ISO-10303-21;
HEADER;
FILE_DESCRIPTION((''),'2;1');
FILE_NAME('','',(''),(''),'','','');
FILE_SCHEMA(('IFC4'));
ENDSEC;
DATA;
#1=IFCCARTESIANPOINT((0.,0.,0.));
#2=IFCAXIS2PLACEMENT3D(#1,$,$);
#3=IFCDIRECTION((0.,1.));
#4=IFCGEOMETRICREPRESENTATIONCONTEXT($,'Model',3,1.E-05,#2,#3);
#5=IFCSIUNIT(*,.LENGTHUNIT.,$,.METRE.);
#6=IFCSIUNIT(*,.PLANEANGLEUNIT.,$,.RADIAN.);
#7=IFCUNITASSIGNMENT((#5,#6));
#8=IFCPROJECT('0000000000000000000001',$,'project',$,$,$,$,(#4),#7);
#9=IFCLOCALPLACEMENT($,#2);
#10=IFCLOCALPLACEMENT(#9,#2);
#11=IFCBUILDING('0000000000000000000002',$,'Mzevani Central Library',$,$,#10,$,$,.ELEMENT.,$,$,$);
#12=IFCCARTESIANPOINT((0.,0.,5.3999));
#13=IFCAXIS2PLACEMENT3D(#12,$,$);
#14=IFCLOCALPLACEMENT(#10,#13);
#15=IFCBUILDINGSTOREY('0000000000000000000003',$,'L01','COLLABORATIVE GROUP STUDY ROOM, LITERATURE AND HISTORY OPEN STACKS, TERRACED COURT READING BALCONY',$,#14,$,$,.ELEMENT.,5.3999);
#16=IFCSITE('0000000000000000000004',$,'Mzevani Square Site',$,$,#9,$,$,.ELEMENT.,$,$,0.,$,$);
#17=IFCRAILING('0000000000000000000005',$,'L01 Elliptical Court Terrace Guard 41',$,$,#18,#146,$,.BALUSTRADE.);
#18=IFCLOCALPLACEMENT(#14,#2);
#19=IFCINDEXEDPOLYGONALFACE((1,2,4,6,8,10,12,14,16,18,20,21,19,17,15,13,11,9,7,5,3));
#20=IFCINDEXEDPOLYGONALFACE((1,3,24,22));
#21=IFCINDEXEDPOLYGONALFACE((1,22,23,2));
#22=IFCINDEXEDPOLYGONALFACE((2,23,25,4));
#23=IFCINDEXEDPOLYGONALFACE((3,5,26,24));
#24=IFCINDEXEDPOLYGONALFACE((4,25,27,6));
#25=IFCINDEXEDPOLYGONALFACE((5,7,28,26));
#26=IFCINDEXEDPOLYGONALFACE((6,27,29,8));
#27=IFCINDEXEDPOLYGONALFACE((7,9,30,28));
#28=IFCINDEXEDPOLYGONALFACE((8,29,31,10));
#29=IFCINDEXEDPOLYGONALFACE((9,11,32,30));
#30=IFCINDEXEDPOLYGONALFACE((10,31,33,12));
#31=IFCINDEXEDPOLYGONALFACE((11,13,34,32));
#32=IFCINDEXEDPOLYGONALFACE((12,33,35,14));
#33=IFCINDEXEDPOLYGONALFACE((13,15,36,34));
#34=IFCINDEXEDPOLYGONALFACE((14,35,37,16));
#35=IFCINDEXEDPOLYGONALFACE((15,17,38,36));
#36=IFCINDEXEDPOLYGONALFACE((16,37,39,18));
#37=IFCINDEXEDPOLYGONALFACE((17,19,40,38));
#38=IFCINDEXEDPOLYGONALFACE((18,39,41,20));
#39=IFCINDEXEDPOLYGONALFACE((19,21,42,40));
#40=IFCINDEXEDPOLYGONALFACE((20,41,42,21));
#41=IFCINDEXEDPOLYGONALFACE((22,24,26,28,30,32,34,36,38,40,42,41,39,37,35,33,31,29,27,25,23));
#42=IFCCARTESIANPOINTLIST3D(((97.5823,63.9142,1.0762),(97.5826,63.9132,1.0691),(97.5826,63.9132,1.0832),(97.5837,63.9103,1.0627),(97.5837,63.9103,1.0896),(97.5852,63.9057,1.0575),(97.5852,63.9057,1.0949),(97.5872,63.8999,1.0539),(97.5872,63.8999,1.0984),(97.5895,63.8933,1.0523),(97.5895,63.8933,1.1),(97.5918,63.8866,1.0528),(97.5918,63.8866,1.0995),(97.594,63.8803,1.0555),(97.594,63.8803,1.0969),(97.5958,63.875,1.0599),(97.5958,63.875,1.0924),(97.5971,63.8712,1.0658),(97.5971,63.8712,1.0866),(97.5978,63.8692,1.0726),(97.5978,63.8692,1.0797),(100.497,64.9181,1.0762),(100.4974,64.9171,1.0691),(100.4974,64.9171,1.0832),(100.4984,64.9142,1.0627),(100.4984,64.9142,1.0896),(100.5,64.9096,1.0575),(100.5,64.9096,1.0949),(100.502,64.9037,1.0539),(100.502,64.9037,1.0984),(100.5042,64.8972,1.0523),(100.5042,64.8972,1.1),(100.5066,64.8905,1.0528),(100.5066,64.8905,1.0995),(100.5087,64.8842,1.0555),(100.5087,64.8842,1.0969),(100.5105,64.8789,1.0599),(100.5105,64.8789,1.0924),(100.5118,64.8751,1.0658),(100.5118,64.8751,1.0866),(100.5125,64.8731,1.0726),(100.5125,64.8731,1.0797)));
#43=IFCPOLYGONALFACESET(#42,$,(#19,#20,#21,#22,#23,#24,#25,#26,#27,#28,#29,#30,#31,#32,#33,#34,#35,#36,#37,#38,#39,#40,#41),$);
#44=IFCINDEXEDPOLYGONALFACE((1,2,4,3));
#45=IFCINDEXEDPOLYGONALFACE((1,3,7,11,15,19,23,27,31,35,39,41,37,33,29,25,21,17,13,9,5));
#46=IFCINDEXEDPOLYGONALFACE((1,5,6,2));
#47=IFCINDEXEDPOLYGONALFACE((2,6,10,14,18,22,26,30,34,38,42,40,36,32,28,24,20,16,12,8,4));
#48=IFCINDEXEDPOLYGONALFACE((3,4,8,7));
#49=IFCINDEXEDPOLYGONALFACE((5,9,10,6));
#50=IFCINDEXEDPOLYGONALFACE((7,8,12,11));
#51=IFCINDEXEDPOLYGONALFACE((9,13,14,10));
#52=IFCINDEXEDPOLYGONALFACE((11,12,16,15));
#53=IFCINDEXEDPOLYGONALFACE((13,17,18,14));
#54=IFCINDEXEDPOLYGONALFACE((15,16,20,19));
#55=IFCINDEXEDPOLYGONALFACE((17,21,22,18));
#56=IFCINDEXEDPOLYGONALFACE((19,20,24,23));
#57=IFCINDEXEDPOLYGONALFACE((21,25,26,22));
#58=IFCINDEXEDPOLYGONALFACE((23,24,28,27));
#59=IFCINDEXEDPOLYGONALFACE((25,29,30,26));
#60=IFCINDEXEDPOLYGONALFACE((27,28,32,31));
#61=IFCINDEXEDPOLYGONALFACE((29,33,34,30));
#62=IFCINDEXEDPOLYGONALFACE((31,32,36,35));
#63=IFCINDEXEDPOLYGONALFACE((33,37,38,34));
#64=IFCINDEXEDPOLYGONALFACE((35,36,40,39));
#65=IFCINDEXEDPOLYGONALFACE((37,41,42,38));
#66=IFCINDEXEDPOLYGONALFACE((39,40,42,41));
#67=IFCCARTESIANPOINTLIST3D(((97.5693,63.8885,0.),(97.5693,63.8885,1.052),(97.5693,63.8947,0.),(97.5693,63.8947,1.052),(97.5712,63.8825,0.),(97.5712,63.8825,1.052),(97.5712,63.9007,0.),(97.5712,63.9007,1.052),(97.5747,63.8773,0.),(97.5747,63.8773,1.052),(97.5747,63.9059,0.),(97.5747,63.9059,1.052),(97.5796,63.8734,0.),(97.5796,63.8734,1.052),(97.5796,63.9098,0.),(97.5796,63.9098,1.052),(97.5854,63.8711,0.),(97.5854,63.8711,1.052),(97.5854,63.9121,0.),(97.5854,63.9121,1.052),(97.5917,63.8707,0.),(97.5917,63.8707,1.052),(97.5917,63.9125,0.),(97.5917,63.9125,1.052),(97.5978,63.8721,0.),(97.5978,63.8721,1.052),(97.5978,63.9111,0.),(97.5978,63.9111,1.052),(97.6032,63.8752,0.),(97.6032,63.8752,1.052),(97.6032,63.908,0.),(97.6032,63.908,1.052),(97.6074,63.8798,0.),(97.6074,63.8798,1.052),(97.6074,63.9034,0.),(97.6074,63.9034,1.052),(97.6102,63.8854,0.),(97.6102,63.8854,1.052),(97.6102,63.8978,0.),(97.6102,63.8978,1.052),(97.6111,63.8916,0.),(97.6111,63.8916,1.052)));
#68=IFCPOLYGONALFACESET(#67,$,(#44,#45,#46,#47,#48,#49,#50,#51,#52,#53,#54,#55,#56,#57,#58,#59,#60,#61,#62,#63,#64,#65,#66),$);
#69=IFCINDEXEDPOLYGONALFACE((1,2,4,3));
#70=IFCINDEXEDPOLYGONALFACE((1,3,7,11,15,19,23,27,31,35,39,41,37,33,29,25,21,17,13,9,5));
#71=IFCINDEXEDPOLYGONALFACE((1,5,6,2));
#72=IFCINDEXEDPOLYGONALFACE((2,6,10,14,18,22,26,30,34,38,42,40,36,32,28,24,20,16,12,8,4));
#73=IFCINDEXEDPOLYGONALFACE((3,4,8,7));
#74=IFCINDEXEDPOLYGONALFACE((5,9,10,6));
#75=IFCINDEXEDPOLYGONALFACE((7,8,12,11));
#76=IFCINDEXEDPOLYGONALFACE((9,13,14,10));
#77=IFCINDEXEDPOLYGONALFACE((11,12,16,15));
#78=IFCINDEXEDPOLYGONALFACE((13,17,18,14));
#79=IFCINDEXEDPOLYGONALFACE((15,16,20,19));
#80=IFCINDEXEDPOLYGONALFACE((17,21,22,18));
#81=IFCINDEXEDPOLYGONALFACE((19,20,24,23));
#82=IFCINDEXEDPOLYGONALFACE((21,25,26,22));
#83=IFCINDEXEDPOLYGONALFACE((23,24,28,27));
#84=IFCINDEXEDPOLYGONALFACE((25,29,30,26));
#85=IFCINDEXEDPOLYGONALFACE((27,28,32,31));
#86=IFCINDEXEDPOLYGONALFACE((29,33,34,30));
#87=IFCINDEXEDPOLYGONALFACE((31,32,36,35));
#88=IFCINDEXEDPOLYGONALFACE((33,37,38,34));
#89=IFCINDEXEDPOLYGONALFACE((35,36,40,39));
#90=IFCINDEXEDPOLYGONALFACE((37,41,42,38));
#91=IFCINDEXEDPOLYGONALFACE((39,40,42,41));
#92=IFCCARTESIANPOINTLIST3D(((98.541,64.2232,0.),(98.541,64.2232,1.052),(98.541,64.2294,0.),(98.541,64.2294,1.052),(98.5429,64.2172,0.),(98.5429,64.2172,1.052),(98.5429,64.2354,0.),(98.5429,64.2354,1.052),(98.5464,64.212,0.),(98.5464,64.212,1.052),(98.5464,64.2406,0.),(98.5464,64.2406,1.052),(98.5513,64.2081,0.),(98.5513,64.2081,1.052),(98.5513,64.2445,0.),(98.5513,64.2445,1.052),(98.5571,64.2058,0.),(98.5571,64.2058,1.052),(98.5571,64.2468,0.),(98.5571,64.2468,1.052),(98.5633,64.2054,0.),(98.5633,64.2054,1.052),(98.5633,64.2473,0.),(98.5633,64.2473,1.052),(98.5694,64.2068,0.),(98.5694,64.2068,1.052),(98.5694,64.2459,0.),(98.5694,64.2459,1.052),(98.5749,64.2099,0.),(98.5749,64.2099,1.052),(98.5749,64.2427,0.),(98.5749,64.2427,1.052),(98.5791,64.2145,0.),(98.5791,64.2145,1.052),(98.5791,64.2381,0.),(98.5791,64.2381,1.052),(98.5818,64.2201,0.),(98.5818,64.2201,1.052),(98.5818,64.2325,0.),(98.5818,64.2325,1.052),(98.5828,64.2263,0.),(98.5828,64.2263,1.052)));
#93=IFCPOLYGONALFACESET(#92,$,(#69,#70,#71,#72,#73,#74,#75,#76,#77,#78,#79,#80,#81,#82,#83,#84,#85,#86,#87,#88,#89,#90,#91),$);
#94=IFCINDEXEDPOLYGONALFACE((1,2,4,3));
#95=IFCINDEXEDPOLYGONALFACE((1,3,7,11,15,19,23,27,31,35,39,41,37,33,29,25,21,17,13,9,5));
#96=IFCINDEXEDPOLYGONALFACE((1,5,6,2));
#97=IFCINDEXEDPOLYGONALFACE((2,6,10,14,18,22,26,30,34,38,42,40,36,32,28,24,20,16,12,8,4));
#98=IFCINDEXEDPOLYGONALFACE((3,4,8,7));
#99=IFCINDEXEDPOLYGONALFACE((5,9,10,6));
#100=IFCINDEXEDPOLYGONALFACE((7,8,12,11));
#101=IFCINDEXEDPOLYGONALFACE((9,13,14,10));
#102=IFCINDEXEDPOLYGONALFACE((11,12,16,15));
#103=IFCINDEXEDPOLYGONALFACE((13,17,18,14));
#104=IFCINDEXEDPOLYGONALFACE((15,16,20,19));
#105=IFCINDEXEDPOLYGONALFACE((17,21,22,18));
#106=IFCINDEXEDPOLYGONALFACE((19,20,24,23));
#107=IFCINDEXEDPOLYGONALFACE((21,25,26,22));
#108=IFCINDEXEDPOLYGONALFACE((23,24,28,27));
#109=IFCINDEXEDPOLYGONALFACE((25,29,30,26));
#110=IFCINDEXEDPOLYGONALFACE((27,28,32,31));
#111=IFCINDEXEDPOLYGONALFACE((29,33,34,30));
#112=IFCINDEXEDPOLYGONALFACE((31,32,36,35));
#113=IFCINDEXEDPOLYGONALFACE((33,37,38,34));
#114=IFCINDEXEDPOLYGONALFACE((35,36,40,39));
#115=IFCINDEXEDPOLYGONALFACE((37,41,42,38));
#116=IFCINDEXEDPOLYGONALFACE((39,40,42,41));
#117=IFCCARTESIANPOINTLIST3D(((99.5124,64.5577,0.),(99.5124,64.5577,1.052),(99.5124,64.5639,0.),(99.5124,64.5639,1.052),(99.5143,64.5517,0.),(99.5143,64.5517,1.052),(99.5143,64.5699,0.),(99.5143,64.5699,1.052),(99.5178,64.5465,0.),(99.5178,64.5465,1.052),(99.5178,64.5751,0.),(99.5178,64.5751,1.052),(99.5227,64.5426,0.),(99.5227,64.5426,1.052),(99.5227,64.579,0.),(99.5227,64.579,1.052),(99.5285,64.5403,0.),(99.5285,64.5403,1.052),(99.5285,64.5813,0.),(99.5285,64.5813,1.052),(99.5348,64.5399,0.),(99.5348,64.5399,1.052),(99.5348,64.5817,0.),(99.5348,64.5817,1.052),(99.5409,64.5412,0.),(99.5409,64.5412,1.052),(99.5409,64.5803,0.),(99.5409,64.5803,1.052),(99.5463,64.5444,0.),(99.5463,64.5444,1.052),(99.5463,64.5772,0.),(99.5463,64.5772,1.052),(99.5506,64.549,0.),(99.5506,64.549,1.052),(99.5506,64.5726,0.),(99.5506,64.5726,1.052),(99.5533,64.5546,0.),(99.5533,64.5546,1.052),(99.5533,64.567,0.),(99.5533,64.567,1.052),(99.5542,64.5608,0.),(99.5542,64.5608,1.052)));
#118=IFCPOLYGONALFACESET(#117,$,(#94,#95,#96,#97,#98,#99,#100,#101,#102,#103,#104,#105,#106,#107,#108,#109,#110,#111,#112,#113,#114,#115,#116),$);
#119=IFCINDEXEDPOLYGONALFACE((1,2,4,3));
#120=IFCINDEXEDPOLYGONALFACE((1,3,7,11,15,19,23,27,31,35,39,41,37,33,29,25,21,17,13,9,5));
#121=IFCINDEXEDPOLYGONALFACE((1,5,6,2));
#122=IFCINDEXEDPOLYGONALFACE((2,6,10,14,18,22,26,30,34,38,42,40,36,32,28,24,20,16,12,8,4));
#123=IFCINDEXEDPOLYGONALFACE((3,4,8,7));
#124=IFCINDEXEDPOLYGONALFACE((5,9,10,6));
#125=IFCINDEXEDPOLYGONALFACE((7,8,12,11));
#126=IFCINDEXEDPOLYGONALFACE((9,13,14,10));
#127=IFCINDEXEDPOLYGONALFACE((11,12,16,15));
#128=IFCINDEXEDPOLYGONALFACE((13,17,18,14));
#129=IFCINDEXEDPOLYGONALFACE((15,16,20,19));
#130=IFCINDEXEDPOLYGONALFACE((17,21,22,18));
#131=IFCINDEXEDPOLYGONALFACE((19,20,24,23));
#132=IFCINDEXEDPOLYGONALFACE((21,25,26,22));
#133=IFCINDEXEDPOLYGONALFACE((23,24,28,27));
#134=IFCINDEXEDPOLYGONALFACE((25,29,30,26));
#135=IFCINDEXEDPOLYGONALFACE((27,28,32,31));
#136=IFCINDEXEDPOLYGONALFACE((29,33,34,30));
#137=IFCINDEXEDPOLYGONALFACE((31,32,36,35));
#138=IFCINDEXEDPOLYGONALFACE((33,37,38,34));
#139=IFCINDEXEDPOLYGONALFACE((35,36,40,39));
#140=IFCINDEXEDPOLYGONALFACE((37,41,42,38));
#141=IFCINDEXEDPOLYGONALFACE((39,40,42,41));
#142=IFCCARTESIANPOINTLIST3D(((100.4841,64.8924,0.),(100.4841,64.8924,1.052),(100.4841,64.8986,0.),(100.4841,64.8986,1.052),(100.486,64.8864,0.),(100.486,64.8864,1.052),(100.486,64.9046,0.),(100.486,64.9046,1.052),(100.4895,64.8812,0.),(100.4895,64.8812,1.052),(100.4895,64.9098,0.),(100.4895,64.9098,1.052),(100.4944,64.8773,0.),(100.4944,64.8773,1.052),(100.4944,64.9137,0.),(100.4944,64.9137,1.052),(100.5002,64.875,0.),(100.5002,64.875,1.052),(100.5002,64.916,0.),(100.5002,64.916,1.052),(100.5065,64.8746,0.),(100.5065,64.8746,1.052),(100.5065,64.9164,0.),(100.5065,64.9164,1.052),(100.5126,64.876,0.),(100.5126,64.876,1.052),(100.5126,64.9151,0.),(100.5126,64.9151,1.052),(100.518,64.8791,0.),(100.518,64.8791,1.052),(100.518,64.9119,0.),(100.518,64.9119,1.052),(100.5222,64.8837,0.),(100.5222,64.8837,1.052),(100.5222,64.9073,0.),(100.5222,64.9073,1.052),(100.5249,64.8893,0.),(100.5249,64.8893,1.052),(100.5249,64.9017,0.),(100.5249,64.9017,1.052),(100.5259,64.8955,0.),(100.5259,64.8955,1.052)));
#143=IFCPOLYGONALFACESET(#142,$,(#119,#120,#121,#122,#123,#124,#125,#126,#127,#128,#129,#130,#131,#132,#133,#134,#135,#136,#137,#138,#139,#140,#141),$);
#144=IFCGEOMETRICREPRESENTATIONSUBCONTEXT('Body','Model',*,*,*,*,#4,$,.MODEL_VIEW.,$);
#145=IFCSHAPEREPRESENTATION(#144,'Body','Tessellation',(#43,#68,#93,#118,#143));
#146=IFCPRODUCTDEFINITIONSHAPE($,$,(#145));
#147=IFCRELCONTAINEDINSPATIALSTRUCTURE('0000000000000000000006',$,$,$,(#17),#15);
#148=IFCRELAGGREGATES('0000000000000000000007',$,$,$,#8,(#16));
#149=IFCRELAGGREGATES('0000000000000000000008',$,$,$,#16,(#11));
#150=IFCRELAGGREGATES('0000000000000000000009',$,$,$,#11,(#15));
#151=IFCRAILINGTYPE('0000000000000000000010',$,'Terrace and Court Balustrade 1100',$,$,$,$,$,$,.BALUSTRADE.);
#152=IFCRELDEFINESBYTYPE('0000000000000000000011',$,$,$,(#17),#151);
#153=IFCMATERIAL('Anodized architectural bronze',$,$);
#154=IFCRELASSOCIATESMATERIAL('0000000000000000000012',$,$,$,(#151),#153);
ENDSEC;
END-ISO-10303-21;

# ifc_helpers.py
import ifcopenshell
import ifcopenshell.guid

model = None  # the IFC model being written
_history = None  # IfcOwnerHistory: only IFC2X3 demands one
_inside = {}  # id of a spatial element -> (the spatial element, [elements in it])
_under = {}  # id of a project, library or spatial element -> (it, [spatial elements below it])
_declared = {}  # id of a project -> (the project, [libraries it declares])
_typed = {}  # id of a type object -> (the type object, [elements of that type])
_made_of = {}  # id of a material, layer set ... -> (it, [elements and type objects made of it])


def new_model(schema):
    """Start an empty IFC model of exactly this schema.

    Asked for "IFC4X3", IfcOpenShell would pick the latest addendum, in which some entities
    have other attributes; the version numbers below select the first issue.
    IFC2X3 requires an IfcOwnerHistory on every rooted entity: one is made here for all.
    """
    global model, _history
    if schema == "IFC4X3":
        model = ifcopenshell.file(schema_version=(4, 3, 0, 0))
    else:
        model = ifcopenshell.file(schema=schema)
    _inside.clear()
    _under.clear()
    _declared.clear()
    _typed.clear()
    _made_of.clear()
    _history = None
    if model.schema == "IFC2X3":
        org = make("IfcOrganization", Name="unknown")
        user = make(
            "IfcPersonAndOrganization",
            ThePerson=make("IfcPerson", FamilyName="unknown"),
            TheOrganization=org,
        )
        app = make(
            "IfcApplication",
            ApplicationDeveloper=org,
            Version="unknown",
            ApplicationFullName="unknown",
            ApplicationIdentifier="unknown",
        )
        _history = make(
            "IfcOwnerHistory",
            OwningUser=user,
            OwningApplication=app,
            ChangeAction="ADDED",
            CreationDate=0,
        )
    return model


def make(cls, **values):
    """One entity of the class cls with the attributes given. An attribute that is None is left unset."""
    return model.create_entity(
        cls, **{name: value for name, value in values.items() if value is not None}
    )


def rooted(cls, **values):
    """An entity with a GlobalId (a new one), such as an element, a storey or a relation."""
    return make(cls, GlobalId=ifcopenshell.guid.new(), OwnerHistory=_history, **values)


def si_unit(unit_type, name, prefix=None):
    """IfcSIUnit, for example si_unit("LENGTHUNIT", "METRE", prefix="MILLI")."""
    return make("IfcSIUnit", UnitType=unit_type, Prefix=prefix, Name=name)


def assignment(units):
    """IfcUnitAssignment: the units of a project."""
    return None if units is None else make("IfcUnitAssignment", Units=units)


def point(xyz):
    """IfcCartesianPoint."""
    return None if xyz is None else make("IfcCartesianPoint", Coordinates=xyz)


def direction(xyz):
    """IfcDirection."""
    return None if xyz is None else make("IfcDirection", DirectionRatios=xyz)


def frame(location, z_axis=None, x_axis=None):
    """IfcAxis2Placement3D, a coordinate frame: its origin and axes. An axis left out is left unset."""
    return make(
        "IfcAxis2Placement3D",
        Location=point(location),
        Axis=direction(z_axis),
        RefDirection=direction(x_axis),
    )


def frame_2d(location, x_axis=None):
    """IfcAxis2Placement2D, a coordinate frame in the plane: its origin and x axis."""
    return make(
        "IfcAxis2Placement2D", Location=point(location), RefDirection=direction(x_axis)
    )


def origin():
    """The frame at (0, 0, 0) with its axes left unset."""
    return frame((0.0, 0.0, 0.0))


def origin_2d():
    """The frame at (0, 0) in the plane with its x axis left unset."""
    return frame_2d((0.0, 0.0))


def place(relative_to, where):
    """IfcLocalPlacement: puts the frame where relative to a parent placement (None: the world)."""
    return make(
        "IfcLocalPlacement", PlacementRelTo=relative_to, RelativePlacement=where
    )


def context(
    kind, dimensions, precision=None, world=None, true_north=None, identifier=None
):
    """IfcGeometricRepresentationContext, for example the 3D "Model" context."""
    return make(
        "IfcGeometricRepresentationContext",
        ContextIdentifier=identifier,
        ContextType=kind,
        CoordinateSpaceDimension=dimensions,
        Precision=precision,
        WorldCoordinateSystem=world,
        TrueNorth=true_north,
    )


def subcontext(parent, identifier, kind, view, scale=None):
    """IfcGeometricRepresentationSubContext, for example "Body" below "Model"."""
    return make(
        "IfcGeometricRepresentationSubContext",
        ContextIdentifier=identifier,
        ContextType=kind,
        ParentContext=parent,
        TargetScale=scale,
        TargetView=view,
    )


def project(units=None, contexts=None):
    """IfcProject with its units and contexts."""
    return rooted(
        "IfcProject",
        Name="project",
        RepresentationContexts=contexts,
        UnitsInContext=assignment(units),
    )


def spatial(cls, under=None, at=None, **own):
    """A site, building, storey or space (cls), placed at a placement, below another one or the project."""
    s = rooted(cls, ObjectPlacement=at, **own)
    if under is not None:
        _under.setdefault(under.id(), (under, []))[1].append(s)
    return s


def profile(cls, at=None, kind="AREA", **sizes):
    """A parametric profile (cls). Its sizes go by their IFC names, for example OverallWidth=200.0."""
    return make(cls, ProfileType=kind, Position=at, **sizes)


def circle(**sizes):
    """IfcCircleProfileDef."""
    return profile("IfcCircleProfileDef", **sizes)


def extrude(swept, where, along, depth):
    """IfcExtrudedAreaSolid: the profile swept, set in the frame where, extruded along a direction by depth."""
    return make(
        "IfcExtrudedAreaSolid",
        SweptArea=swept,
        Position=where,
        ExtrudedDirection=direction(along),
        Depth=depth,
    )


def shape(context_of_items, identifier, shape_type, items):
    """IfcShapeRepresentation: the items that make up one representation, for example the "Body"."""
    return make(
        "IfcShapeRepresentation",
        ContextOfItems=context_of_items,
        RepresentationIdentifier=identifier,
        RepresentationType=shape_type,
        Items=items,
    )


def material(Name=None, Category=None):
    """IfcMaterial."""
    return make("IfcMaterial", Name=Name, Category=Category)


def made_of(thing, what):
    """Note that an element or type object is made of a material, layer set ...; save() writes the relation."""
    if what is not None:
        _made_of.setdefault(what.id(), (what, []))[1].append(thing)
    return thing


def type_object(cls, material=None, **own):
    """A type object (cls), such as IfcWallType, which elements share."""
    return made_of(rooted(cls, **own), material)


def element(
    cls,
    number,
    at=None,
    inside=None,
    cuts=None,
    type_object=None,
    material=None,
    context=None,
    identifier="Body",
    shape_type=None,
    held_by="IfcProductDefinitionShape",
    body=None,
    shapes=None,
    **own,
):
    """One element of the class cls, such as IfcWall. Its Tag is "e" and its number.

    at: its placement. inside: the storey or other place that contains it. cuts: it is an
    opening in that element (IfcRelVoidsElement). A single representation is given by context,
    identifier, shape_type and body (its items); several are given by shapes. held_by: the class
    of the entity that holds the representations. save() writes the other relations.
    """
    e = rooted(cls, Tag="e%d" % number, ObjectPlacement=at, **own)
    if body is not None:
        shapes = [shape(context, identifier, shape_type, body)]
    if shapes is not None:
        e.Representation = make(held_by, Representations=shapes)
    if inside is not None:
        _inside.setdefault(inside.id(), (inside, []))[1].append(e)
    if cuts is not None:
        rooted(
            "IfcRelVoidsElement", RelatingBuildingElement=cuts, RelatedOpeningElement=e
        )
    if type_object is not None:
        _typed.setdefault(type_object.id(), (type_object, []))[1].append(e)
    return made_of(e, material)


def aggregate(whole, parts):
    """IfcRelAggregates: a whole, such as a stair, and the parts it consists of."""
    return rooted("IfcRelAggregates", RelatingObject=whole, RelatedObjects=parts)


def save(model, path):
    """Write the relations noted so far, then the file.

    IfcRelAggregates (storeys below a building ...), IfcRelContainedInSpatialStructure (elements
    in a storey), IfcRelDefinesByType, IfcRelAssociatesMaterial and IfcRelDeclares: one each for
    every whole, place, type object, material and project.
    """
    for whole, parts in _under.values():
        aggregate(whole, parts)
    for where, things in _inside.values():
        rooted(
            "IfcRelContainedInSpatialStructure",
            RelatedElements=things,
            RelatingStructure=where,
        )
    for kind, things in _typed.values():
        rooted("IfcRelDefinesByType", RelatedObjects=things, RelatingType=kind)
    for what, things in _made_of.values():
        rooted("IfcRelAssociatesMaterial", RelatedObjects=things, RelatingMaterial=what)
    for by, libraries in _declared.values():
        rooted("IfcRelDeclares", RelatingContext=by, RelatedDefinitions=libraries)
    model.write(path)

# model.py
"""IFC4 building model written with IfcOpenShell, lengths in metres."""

from ifc_helpers import new_model, si_unit, direction, frame, origin, origin_2d, place, context, subcontext, project, spatial, circle, extrude, material, type_object, element, save


model = new_model("IFC4")

# Units and contexts
model_context = context("Model", 3, precision=1e-05, world=origin(), true_north=direction((0.0, 1.0)))
body_context = subcontext(model_context, "Body", "Model", "MODEL_VIEW")
ifc_project = project(units=[si_unit("LENGTHUNIT", "METRE"), si_unit("PLANEANGLEUNIT", "RADIAN")], contexts=[model_context])

# Site, building, storey
site_placement = place(None, origin())
site = spatial("IfcSite", under=ifc_project, at=site_placement, Name="Mzevani Square Site", CompositionType="ELEMENT", RefElevation=0.0)
building_placement = place(site_placement, origin())
building = spatial("IfcBuilding", under=site, at=building_placement, Name="Mzevani Central Library", CompositionType="ELEMENT")
storey_placement = place(building_placement, frame((0.0, 0.0, 5.3999)))
storey = spatial("IfcBuildingStorey", under=building, at=storey_placement, Name="L01", Description="COLLABORATIVE GROUP STUDY ROOM, LITERATURE AND HISTORY OPEN STACKS, TERRACED COURT READING BALCONY", CompositionType="ELEMENT", Elevation=5.3999)

# Railing
ifc_material_1 = material(Name="Anodized architectural bronze")
railing_type = type_object("IfcRailingType", Name="Terrace and Court Balustrade 1100", PredefinedType="BALUSTRADE", material=ifc_material_1)
railing_1_placement = place(storey_placement, frame((97.5901, 63.8916, 0.0)))
element("IfcRailing", 1, at=railing_1_placement, inside=storey, type_object=railing_type, Name="L01 Elliptical Court Terrace Guard 41", PredefinedType="BALUSTRADE", context=body_context, shape_type="SweptSolid", body=[
    extrude(circle(Radius=0.0239, at=origin_2d()), frame((0.0, 0.0, 1.0762), z_axis=(0.945492, 0.325644, 0.0), x_axis=(-0.325644, 0.945492, 0.0)), (0.0, 0.0, 1.0), 3.0828),
    extrude(circle(Radius=0.021, at=origin_2d()), origin(), (0.0, 0.0, 1.0), 1.052),
    extrude(circle(Radius=0.021, at=origin_2d()), frame((0.9717, 0.3347, 0.0)), (0.0, 0.0, 1.0), 1.052),
    extrude(circle(Radius=0.021, at=origin_2d()), frame((1.9431, 0.6692, 0.0)), (0.0, 0.0, 1.0), 1.052),
    extrude(circle(Radius=0.021, at=origin_2d()), frame((2.9148, 1.0039, 0.0)), (0.0, 0.0, 1.0), 1.052),
])

save(model, "model.ifc")
